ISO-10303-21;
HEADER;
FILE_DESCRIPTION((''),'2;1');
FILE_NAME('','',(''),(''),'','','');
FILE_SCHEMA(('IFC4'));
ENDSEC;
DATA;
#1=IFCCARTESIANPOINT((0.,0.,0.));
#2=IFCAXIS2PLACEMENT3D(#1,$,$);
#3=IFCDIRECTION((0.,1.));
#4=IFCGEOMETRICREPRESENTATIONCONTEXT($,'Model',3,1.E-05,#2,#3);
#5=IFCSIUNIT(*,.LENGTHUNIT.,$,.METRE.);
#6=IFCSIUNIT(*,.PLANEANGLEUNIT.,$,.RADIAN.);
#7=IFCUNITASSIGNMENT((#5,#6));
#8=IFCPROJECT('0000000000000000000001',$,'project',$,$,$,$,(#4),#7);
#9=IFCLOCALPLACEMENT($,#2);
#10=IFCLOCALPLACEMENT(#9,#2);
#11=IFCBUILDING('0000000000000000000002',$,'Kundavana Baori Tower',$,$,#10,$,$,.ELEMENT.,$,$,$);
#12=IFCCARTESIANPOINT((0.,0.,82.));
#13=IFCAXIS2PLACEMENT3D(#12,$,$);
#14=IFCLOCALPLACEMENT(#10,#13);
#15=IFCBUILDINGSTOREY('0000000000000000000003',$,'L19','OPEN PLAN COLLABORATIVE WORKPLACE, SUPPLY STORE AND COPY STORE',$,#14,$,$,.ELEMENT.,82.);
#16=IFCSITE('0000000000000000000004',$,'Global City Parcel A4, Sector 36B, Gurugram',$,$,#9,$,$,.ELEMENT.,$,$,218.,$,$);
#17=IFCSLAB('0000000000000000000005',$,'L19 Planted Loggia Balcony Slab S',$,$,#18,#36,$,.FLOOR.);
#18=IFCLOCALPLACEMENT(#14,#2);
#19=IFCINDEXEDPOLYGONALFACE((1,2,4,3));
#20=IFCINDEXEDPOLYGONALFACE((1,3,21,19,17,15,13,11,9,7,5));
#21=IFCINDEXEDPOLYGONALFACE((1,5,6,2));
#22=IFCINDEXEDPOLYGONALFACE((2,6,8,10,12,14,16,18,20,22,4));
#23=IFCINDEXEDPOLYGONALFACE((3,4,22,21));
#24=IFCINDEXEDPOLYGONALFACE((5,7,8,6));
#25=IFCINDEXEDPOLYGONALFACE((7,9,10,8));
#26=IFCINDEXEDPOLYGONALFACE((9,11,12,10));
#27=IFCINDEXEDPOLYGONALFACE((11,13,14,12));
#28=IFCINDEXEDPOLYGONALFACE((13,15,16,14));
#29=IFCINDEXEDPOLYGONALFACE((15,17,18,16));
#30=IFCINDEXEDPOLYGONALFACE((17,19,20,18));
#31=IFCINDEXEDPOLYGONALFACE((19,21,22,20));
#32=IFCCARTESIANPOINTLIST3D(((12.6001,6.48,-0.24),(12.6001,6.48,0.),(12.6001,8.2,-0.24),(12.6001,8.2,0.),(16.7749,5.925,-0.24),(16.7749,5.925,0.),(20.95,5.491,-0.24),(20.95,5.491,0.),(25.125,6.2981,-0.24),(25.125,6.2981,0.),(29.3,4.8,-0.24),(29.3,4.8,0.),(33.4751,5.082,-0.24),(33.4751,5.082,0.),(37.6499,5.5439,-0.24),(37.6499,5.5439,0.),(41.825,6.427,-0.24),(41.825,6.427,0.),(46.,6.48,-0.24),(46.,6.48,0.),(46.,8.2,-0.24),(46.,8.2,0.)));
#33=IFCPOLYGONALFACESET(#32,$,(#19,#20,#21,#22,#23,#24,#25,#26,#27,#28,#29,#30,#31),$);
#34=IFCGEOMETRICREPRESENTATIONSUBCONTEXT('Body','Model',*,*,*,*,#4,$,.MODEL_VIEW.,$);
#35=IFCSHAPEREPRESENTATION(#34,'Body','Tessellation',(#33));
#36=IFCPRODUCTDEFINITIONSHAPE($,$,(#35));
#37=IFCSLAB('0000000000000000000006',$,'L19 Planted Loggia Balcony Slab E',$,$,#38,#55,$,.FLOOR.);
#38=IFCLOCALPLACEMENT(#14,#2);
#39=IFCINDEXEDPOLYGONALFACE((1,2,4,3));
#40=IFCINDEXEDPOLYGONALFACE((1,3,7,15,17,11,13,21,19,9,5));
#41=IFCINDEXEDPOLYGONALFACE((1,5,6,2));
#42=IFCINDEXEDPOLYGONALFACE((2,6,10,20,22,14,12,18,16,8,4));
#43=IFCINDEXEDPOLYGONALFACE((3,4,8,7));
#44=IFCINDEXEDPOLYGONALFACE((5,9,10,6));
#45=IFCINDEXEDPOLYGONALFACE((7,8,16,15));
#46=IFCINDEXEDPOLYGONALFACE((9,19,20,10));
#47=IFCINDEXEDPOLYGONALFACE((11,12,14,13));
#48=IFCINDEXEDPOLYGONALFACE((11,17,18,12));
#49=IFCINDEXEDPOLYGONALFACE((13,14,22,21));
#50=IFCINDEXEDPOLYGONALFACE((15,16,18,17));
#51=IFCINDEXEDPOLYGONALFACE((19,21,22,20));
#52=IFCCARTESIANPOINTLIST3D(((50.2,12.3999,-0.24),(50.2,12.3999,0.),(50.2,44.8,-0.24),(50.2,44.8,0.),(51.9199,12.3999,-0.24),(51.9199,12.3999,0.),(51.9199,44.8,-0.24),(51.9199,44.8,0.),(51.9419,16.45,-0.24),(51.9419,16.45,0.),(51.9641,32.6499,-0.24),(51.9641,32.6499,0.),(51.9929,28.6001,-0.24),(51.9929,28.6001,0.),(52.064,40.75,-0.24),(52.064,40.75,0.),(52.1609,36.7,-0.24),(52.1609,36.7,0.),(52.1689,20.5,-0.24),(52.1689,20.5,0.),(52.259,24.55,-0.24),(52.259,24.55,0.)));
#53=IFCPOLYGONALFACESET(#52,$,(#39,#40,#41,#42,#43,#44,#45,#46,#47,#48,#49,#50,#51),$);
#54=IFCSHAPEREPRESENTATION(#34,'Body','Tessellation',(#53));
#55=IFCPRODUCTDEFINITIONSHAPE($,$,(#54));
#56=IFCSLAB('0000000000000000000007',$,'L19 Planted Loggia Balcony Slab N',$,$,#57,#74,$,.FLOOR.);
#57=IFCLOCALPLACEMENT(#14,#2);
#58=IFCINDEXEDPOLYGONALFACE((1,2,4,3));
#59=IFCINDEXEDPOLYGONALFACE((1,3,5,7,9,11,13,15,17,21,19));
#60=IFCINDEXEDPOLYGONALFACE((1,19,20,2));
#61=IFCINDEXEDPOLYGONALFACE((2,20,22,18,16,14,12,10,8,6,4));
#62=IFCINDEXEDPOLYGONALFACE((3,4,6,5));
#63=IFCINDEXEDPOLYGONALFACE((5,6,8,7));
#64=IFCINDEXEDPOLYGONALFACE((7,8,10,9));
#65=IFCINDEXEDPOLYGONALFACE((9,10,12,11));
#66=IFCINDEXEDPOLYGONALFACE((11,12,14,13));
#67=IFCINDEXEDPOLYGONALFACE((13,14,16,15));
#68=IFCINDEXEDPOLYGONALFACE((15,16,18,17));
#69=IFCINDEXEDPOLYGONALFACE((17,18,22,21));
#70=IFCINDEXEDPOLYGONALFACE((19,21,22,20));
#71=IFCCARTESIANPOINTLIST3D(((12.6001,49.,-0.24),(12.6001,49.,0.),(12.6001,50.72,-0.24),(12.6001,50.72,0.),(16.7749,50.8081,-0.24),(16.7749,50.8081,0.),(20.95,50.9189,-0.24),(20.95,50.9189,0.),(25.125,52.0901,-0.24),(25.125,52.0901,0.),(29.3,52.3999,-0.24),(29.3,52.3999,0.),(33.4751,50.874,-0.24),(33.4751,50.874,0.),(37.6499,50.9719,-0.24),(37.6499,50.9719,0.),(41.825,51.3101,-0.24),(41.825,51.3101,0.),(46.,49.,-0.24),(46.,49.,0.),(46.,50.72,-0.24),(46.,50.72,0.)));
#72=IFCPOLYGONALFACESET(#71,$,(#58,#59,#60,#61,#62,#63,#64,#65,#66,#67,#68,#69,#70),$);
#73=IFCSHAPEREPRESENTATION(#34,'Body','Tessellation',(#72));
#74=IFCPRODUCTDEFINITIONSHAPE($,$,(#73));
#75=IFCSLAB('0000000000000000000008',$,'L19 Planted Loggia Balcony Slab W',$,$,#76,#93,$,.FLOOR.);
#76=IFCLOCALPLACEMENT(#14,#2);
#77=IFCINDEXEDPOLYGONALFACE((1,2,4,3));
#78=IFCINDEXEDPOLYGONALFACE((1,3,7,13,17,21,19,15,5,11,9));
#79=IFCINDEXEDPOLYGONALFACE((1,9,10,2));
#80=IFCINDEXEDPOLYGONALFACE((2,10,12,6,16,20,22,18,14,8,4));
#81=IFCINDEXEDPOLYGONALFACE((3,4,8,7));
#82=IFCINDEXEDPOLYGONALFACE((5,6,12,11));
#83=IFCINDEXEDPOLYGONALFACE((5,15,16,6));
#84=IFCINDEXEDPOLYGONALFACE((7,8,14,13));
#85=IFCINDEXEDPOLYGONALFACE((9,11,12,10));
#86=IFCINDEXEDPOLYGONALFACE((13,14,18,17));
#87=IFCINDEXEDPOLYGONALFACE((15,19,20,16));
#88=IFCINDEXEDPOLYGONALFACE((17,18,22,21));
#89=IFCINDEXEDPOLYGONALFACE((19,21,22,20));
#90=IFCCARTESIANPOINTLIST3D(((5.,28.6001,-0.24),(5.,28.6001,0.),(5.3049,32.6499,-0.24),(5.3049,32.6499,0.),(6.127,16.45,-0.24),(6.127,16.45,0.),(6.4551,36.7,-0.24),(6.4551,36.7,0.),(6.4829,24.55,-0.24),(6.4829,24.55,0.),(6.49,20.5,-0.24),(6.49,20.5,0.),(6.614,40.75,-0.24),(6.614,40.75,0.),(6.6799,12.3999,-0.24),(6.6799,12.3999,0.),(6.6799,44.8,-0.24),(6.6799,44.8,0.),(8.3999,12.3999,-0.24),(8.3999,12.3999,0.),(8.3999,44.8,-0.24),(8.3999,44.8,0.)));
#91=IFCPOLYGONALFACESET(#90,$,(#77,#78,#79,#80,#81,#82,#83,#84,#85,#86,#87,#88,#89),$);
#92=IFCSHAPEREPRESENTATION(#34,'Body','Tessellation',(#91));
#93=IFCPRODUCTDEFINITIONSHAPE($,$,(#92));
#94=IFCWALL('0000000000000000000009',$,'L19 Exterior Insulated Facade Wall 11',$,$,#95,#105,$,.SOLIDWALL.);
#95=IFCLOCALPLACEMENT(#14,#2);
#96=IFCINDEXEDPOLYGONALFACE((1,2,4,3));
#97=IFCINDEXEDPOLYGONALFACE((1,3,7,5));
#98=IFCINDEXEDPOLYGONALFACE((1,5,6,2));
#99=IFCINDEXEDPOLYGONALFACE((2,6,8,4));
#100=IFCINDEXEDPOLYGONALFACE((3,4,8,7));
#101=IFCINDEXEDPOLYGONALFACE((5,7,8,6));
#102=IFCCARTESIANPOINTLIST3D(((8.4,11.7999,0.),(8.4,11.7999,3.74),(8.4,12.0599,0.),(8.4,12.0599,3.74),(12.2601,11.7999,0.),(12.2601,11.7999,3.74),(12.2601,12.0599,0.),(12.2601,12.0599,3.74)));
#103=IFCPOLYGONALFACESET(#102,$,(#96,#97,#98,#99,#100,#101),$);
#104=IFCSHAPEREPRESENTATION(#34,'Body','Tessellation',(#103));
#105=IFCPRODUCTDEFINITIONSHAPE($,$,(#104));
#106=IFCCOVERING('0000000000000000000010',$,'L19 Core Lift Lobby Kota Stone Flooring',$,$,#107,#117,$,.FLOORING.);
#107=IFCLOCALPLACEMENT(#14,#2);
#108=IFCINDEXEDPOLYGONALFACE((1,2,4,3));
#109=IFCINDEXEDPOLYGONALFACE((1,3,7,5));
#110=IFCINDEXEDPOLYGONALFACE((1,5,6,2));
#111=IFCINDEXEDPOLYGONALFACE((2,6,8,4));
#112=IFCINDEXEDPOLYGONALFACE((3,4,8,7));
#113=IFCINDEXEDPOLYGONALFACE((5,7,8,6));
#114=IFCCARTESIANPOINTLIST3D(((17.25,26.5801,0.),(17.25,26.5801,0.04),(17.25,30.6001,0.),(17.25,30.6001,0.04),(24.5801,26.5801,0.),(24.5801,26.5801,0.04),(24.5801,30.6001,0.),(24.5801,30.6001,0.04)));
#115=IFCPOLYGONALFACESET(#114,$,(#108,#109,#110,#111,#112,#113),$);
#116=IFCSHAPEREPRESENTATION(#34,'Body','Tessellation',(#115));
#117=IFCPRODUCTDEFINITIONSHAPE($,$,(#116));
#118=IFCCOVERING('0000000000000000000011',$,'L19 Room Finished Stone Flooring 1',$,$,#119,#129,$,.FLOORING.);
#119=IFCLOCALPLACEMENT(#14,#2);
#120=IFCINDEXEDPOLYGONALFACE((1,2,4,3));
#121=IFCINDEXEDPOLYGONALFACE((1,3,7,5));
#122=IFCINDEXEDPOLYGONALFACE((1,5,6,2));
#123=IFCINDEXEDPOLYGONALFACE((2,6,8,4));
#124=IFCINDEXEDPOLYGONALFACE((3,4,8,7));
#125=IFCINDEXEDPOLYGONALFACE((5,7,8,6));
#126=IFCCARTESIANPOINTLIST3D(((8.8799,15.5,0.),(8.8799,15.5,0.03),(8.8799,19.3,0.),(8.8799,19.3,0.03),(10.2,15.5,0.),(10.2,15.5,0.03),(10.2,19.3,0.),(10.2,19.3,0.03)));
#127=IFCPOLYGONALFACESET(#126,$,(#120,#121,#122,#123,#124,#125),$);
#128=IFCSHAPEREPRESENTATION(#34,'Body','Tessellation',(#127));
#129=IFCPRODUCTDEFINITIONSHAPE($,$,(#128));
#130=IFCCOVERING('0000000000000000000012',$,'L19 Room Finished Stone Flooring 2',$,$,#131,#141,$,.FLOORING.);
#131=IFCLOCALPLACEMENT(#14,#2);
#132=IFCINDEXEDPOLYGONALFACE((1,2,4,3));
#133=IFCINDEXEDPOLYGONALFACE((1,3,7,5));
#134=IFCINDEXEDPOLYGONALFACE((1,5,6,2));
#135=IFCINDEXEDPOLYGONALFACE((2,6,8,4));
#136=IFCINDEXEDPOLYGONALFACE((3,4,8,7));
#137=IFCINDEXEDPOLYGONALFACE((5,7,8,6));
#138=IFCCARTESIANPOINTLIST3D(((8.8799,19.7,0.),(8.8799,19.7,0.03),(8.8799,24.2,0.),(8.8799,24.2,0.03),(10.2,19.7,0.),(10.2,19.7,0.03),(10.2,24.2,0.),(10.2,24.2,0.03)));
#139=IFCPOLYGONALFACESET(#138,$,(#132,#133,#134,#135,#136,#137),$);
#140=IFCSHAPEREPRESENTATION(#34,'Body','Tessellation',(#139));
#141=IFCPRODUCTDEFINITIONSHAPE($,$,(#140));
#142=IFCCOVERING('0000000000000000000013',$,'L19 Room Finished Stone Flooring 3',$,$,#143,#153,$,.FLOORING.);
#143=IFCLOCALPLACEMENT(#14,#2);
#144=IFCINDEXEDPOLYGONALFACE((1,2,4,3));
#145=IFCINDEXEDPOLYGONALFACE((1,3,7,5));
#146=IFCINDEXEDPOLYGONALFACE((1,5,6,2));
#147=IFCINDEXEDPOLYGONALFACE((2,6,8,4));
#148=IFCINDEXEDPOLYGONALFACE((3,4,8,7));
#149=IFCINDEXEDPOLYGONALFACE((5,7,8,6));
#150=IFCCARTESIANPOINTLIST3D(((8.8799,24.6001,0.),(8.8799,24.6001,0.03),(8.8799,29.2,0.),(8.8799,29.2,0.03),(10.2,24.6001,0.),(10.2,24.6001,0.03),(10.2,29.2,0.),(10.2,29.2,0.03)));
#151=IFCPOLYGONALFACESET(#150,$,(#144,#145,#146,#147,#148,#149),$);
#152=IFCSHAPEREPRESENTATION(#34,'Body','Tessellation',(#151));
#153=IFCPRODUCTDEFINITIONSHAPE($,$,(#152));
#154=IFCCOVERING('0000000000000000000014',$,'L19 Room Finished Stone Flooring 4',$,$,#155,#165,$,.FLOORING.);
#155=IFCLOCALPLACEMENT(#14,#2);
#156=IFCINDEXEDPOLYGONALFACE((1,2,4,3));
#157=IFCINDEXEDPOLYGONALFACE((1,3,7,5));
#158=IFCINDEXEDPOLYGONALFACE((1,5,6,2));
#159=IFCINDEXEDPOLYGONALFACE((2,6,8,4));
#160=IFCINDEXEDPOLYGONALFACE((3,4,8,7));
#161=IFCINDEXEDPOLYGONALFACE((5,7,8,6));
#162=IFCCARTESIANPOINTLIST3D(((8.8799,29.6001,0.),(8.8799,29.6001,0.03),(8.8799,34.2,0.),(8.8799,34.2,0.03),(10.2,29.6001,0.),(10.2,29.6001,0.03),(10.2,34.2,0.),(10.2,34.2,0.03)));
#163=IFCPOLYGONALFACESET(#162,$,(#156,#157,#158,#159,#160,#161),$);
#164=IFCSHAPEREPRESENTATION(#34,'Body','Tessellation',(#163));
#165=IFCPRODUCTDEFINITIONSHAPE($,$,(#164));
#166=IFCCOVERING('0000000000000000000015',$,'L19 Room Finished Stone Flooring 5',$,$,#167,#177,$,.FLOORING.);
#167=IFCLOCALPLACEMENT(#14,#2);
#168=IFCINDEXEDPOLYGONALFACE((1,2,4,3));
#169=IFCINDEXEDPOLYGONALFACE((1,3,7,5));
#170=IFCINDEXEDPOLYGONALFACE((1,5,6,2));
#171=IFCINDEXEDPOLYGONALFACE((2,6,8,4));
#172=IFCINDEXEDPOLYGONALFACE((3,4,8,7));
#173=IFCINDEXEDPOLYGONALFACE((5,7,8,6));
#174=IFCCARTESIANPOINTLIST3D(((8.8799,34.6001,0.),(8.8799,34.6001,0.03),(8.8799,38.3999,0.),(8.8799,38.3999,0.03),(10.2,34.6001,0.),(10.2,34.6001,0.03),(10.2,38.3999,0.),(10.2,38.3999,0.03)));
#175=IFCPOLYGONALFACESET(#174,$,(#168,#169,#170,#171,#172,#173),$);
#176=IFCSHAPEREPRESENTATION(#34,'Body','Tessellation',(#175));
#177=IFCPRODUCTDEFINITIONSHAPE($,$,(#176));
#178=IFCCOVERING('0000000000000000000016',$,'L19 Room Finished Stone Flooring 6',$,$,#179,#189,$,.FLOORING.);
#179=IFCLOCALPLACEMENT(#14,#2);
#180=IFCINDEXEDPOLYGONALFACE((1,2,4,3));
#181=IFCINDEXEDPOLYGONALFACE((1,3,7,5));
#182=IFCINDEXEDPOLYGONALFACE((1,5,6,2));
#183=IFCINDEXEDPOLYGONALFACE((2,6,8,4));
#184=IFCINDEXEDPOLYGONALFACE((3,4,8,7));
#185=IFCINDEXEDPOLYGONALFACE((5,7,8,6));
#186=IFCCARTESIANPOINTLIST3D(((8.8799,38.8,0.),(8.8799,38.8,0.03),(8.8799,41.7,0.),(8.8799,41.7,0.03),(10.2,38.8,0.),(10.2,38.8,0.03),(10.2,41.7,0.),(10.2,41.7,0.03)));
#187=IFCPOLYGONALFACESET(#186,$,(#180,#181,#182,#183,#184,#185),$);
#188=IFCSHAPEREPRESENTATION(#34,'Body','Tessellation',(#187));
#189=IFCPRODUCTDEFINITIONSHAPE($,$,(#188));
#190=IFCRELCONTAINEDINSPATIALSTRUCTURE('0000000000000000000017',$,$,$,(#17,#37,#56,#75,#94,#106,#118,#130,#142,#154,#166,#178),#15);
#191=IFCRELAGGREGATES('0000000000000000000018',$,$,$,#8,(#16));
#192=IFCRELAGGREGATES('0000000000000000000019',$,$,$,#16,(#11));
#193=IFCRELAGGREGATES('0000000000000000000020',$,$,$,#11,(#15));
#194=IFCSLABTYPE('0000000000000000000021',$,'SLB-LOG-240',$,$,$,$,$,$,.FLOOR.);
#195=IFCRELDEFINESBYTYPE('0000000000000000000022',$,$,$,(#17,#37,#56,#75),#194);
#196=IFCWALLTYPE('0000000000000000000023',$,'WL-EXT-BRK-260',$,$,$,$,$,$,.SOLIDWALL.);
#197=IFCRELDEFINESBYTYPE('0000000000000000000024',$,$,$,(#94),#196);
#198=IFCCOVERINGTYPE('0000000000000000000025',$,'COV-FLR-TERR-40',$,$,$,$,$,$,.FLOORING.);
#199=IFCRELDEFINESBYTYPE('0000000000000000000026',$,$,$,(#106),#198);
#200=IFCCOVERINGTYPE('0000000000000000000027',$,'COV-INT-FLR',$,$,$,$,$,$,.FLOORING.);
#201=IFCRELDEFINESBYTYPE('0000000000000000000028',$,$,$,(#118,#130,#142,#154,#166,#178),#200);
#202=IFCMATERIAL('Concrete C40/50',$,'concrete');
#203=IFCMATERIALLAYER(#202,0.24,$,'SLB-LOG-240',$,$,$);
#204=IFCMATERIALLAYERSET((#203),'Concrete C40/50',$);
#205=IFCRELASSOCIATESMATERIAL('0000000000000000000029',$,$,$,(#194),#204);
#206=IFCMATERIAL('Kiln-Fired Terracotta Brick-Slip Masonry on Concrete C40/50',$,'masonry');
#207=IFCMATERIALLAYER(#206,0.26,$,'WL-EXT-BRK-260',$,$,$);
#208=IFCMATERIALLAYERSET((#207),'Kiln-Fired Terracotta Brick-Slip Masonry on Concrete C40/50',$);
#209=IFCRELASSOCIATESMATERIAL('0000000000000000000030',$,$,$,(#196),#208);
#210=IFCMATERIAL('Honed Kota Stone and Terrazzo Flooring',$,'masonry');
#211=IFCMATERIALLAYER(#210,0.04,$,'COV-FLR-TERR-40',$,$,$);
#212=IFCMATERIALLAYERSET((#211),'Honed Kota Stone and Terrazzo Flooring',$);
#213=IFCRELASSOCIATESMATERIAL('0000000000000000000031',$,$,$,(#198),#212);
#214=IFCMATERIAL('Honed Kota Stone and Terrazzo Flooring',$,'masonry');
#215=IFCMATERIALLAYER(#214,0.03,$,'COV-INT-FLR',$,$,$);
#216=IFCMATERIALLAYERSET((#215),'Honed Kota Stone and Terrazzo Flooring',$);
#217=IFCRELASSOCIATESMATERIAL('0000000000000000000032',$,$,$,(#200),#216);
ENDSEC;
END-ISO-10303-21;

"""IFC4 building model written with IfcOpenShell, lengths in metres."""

from ifc_helpers import new_model, si_unit, direction, frame, frame_2d, origin, place, context, subcontext, project, spatial, polyline, rectangle, outline, extrude, material, layer, layer_set, type_object, element, save


model = new_model("IFC4")

# Units and contexts
model_context = context("Model", 3, precision=1e-05, world=origin(), true_north=direction((0.0, 1.0)))
body_context = subcontext(model_context, "Body", "Model", "MODEL_VIEW")
ifc_project = project(units=[si_unit("LENGTHUNIT", "METRE"), si_unit("PLANEANGLEUNIT", "RADIAN")], contexts=[model_context])

# Site, building, storey
site_placement = place(None, origin())
site = spatial("IfcSite", under=ifc_project, at=site_placement, Name="Global City Parcel A4, Sector 36B, Gurugram", CompositionType="ELEMENT", RefElevation=218.0)
building_placement = place(site_placement, origin())
building = spatial("IfcBuilding", under=site, at=building_placement, Name="Kundavana Baori Tower", CompositionType="ELEMENT")
storey_placement = place(building_placement, frame((0.0, 0.0, 82.0)))
storey = spatial("IfcBuildingStorey", under=building, at=storey_placement, Name="L19", Description="OPEN PLAN COLLABORATIVE WORKPLACE, SUPPLY STORE AND COPY STORE", CompositionType="ELEMENT", Elevation=82.0)

# Slabs
ifc_material_1 = material(Name="Concrete C40/50", Category="concrete")
ifc_layer_1 = layer(ifc_material_1, 0.24, Name="SLB-LOG-240")
ifc_layer_set_1 = layer_set([ifc_layer_1], Name="Concrete C40/50")
slab_type_1 = type_object("IfcSlabType", Name="SLB-LOG-240", PredefinedType="FLOOR", material=ifc_layer_set_1)
slab_1_placement = place(storey_placement, frame((0.0, 0.0, -0.24)))
element("IfcSlab", 1, at=slab_1_placement, inside=storey, type_object=slab_type_1, Name="L19 Planted Loggia Balcony Slab S", PredefinedType="FLOOR", context=body_context, shape_type="SweptSolid", body=[
    extrude(outline(polyline([(12.6001, 8.2), (46.0, 8.2), (46.0, 6.48), (41.825, 6.427), (37.6499, 5.5439), (33.4751, 5.082), (29.3, 4.8), (25.125, 6.2981), (20.95, 5.491), (16.7749, 5.925), (12.6001, 6.48), (12.6001, 8.2)])), origin(), (0.0, 0.0, 1.0), 0.24),
])
slab_2_placement = place(storey_placement, frame((0.0, 0.0, -0.24)))
element("IfcSlab", 2, at=slab_2_placement, inside=storey, type_object=slab_type_1, Name="L19 Planted Loggia Balcony Slab E", PredefinedType="FLOOR", context=body_context, shape_type="SweptSolid", body=[
    extrude(outline(polyline([(50.2, 12.3999), (50.2, 44.8), (51.9199, 44.8), (52.064, 40.75), (52.1609, 36.7), (51.9641, 32.6499), (51.9929, 28.6001), (52.259, 24.55), (52.1689, 20.5), (51.9419, 16.45), (51.9199, 12.3999), (50.2, 12.3999)])), origin(), (0.0, 0.0, 1.0), 0.24),
])
slab_3_placement = place(storey_placement, frame((0.0, 0.0, -0.24)))
element("IfcSlab", 3, at=slab_3_placement, inside=storey, type_object=slab_type_1, Name="L19 Planted Loggia Balcony Slab N", PredefinedType="FLOOR", context=body_context, shape_type="SweptSolid", body=[
    extrude(outline(polyline([(46.0, 49.0), (12.6001, 49.0), (12.6001, 50.72), (16.7749, 50.8081), (20.95, 50.9189), (25.125, 52.0901), (29.3, 52.3999), (33.4751, 50.874), (37.6499, 50.9719), (41.825, 51.3101), (46.0, 50.72), (46.0, 49.0)])), origin(), (0.0, 0.0, 1.0), 0.24),
])
slab_4_placement = place(storey_placement, frame((0.0, 0.0, -0.24)))
element("IfcSlab", 4, at=slab_4_placement, inside=storey, type_object=slab_type_1, Name="L19 Planted Loggia Balcony Slab W", PredefinedType="FLOOR", context=body_context, shape_type="SweptSolid", body=[
    extrude(outline(polyline([(8.3999, 44.8), (8.3999, 12.3999), (6.6799, 12.3999), (6.127, 16.45), (6.49, 20.5), (6.4829, 24.55), (5.0, 28.6001), (5.3049, 32.6499), (6.4551, 36.7), (6.614, 40.75), (6.6799, 44.8), (8.3999, 44.8)])), origin(), (0.0, 0.0, 1.0), 0.24),
])

# Wall
ifc_material_2 = material(Name="Kiln-Fired Terracotta Brick-Slip Masonry on Concrete C40/50", Category="masonry")
ifc_layer_2 = layer(ifc_material_2, 0.26, Name="WL-EXT-BRK-260")
ifc_layer_set_2 = layer_set([ifc_layer_2], Name="Kiln-Fired Terracotta Brick-Slip Masonry on Concrete C40/50")
wall_type = type_object("IfcWallType", Name="WL-EXT-BRK-260", PredefinedType="SOLIDWALL", material=ifc_layer_set_2)
wall_placement = place(storey_placement, frame((8.3999, 11.9299, 0.0), z_axis=(0.0, 0.0, 1.0), x_axis=(1.0, 0.0, 0.0)))
element("IfcWall", 5, at=wall_placement, inside=storey, type_object=wall_type, Name="L19 Exterior Insulated Facade Wall 11", PredefinedType="SOLIDWALL", context=body_context, shape_type="SweptSolid", body=[
    extrude(rectangle(XDim=3.8601, YDim=0.26, at=frame_2d((1.9302, 0.0))), origin(), (0.0, 0.0, 1.0), 3.74),
])

# Coverings
ifc_material_3 = material(Name="Honed Kota Stone and Terrazzo Flooring", Category="masonry")
ifc_layer_3 = layer(ifc_material_3, 0.04, Name="COV-FLR-TERR-40")
ifc_layer_set_3 = layer_set([ifc_layer_3], Name="Honed Kota Stone and Terrazzo Flooring")
covering_type_1 = type_object("IfcCoveringType", Name="COV-FLR-TERR-40", PredefinedType="FLOORING", material=ifc_layer_set_3)
covering_1_placement = place(storey_placement, origin())
element("IfcCovering", 6, at=covering_1_placement, inside=storey, type_object=covering_type_1, Name="L19 Core Lift Lobby Kota Stone Flooring", PredefinedType="FLOORING", context=body_context, shape_type="SweptSolid", body=[
    extrude(outline(polyline([(17.25, 26.5801), (24.5801, 26.5801), (24.5801, 30.6001), (17.25, 30.6001), (17.25, 26.5801)])), origin(), (0.0, 0.0, 1.0), 0.04),
])
ifc_material_4 = material(Name="Honed Kota Stone and Terrazzo Flooring", Category="masonry")
ifc_layer_4 = layer(ifc_material_4, 0.03, Name="COV-INT-FLR")
ifc_layer_set_4 = layer_set([ifc_layer_4], Name="Honed Kota Stone and Terrazzo Flooring")
covering_type_2 = type_object("IfcCoveringType", Name="COV-INT-FLR", PredefinedType="FLOORING", material=ifc_layer_set_4)
covering_2_placement = place(storey_placement, origin())
element("IfcCovering", 7, at=covering_2_placement, inside=storey, type_object=covering_type_2, Name="L19 Room Finished Stone Flooring 1", PredefinedType="FLOORING", context=body_context, shape_type="SweptSolid", body=[
    extrude(outline(polyline([(8.8799, 15.5), (10.2, 15.5), (10.2, 19.3), (8.8799, 19.3), (8.8799, 15.5)])), origin(), (0.0, 0.0, 1.0), 0.03),
])
covering_3_placement = place(storey_placement, origin())
element("IfcCovering", 8, at=covering_3_placement, inside=storey, type_object=covering_type_2, Name="L19 Room Finished Stone Flooring 2", PredefinedType="FLOORING", context=body_context, shape_type="SweptSolid", body=[
    extrude(outline(polyline([(8.8799, 19.7), (10.2, 19.7), (10.2, 24.2), (8.8799, 24.2), (8.8799, 19.7)])), origin(), (0.0, 0.0, 1.0), 0.03),
])
covering_4_placement = place(storey_placement, origin())
element("IfcCovering", 9, at=covering_4_placement, inside=storey, type_object=covering_type_2, Name="L19 Room Finished Stone Flooring 3", PredefinedType="FLOORING", context=body_context, shape_type="SweptSolid", body=[
    extrude(outline(polyline([(8.8799, 24.6001), (10.2, 24.6001), (10.2, 29.2), (8.8799, 29.2), (8.8799, 24.6001)])), origin(), (0.0, 0.0, 1.0), 0.03),
])
covering_5_placement = place(storey_placement, origin())
element("IfcCovering", 10, at=covering_5_placement, inside=storey, type_object=covering_type_2, Name="L19 Room Finished Stone Flooring 4", PredefinedType="FLOORING", context=body_context, shape_type="SweptSolid", body=[
    extrude(outline(polyline([(8.8799, 29.6001), (10.2, 29.6001), (10.2, 34.2), (8.8799, 34.2), (8.8799, 29.6001)])), origin(), (0.0, 0.0, 1.0), 0.03),
])
covering_6_placement = place(storey_placement, origin())
element("IfcCovering", 11, at=covering_6_placement, inside=storey, type_object=covering_type_2, Name="L19 Room Finished Stone Flooring 5", PredefinedType="FLOORING", context=body_context, shape_type="SweptSolid", body=[
    extrude(outline(polyline([(8.8799, 34.6001), (10.2, 34.6001), (10.2, 38.3999), (8.8799, 38.3999), (8.8799, 34.6001)])), origin(), (0.0, 0.0, 1.0), 0.03),
])
covering_7_placement = place(storey_placement, origin())
element("IfcCovering", 12, at=covering_7_placement, inside=storey, type_object=covering_type_2, Name="L19 Room Finished Stone Flooring 6", PredefinedType="FLOORING", context=body_context, shape_type="SweptSolid", body=[
    extrude(outline(polyline([(8.8799, 38.8), (10.2, 38.8), (10.2, 41.7), (8.8799, 41.7), (8.8799, 38.8)])), origin(), (0.0, 0.0, 1.0), 0.03),
])

save(model, "model.ifc")
